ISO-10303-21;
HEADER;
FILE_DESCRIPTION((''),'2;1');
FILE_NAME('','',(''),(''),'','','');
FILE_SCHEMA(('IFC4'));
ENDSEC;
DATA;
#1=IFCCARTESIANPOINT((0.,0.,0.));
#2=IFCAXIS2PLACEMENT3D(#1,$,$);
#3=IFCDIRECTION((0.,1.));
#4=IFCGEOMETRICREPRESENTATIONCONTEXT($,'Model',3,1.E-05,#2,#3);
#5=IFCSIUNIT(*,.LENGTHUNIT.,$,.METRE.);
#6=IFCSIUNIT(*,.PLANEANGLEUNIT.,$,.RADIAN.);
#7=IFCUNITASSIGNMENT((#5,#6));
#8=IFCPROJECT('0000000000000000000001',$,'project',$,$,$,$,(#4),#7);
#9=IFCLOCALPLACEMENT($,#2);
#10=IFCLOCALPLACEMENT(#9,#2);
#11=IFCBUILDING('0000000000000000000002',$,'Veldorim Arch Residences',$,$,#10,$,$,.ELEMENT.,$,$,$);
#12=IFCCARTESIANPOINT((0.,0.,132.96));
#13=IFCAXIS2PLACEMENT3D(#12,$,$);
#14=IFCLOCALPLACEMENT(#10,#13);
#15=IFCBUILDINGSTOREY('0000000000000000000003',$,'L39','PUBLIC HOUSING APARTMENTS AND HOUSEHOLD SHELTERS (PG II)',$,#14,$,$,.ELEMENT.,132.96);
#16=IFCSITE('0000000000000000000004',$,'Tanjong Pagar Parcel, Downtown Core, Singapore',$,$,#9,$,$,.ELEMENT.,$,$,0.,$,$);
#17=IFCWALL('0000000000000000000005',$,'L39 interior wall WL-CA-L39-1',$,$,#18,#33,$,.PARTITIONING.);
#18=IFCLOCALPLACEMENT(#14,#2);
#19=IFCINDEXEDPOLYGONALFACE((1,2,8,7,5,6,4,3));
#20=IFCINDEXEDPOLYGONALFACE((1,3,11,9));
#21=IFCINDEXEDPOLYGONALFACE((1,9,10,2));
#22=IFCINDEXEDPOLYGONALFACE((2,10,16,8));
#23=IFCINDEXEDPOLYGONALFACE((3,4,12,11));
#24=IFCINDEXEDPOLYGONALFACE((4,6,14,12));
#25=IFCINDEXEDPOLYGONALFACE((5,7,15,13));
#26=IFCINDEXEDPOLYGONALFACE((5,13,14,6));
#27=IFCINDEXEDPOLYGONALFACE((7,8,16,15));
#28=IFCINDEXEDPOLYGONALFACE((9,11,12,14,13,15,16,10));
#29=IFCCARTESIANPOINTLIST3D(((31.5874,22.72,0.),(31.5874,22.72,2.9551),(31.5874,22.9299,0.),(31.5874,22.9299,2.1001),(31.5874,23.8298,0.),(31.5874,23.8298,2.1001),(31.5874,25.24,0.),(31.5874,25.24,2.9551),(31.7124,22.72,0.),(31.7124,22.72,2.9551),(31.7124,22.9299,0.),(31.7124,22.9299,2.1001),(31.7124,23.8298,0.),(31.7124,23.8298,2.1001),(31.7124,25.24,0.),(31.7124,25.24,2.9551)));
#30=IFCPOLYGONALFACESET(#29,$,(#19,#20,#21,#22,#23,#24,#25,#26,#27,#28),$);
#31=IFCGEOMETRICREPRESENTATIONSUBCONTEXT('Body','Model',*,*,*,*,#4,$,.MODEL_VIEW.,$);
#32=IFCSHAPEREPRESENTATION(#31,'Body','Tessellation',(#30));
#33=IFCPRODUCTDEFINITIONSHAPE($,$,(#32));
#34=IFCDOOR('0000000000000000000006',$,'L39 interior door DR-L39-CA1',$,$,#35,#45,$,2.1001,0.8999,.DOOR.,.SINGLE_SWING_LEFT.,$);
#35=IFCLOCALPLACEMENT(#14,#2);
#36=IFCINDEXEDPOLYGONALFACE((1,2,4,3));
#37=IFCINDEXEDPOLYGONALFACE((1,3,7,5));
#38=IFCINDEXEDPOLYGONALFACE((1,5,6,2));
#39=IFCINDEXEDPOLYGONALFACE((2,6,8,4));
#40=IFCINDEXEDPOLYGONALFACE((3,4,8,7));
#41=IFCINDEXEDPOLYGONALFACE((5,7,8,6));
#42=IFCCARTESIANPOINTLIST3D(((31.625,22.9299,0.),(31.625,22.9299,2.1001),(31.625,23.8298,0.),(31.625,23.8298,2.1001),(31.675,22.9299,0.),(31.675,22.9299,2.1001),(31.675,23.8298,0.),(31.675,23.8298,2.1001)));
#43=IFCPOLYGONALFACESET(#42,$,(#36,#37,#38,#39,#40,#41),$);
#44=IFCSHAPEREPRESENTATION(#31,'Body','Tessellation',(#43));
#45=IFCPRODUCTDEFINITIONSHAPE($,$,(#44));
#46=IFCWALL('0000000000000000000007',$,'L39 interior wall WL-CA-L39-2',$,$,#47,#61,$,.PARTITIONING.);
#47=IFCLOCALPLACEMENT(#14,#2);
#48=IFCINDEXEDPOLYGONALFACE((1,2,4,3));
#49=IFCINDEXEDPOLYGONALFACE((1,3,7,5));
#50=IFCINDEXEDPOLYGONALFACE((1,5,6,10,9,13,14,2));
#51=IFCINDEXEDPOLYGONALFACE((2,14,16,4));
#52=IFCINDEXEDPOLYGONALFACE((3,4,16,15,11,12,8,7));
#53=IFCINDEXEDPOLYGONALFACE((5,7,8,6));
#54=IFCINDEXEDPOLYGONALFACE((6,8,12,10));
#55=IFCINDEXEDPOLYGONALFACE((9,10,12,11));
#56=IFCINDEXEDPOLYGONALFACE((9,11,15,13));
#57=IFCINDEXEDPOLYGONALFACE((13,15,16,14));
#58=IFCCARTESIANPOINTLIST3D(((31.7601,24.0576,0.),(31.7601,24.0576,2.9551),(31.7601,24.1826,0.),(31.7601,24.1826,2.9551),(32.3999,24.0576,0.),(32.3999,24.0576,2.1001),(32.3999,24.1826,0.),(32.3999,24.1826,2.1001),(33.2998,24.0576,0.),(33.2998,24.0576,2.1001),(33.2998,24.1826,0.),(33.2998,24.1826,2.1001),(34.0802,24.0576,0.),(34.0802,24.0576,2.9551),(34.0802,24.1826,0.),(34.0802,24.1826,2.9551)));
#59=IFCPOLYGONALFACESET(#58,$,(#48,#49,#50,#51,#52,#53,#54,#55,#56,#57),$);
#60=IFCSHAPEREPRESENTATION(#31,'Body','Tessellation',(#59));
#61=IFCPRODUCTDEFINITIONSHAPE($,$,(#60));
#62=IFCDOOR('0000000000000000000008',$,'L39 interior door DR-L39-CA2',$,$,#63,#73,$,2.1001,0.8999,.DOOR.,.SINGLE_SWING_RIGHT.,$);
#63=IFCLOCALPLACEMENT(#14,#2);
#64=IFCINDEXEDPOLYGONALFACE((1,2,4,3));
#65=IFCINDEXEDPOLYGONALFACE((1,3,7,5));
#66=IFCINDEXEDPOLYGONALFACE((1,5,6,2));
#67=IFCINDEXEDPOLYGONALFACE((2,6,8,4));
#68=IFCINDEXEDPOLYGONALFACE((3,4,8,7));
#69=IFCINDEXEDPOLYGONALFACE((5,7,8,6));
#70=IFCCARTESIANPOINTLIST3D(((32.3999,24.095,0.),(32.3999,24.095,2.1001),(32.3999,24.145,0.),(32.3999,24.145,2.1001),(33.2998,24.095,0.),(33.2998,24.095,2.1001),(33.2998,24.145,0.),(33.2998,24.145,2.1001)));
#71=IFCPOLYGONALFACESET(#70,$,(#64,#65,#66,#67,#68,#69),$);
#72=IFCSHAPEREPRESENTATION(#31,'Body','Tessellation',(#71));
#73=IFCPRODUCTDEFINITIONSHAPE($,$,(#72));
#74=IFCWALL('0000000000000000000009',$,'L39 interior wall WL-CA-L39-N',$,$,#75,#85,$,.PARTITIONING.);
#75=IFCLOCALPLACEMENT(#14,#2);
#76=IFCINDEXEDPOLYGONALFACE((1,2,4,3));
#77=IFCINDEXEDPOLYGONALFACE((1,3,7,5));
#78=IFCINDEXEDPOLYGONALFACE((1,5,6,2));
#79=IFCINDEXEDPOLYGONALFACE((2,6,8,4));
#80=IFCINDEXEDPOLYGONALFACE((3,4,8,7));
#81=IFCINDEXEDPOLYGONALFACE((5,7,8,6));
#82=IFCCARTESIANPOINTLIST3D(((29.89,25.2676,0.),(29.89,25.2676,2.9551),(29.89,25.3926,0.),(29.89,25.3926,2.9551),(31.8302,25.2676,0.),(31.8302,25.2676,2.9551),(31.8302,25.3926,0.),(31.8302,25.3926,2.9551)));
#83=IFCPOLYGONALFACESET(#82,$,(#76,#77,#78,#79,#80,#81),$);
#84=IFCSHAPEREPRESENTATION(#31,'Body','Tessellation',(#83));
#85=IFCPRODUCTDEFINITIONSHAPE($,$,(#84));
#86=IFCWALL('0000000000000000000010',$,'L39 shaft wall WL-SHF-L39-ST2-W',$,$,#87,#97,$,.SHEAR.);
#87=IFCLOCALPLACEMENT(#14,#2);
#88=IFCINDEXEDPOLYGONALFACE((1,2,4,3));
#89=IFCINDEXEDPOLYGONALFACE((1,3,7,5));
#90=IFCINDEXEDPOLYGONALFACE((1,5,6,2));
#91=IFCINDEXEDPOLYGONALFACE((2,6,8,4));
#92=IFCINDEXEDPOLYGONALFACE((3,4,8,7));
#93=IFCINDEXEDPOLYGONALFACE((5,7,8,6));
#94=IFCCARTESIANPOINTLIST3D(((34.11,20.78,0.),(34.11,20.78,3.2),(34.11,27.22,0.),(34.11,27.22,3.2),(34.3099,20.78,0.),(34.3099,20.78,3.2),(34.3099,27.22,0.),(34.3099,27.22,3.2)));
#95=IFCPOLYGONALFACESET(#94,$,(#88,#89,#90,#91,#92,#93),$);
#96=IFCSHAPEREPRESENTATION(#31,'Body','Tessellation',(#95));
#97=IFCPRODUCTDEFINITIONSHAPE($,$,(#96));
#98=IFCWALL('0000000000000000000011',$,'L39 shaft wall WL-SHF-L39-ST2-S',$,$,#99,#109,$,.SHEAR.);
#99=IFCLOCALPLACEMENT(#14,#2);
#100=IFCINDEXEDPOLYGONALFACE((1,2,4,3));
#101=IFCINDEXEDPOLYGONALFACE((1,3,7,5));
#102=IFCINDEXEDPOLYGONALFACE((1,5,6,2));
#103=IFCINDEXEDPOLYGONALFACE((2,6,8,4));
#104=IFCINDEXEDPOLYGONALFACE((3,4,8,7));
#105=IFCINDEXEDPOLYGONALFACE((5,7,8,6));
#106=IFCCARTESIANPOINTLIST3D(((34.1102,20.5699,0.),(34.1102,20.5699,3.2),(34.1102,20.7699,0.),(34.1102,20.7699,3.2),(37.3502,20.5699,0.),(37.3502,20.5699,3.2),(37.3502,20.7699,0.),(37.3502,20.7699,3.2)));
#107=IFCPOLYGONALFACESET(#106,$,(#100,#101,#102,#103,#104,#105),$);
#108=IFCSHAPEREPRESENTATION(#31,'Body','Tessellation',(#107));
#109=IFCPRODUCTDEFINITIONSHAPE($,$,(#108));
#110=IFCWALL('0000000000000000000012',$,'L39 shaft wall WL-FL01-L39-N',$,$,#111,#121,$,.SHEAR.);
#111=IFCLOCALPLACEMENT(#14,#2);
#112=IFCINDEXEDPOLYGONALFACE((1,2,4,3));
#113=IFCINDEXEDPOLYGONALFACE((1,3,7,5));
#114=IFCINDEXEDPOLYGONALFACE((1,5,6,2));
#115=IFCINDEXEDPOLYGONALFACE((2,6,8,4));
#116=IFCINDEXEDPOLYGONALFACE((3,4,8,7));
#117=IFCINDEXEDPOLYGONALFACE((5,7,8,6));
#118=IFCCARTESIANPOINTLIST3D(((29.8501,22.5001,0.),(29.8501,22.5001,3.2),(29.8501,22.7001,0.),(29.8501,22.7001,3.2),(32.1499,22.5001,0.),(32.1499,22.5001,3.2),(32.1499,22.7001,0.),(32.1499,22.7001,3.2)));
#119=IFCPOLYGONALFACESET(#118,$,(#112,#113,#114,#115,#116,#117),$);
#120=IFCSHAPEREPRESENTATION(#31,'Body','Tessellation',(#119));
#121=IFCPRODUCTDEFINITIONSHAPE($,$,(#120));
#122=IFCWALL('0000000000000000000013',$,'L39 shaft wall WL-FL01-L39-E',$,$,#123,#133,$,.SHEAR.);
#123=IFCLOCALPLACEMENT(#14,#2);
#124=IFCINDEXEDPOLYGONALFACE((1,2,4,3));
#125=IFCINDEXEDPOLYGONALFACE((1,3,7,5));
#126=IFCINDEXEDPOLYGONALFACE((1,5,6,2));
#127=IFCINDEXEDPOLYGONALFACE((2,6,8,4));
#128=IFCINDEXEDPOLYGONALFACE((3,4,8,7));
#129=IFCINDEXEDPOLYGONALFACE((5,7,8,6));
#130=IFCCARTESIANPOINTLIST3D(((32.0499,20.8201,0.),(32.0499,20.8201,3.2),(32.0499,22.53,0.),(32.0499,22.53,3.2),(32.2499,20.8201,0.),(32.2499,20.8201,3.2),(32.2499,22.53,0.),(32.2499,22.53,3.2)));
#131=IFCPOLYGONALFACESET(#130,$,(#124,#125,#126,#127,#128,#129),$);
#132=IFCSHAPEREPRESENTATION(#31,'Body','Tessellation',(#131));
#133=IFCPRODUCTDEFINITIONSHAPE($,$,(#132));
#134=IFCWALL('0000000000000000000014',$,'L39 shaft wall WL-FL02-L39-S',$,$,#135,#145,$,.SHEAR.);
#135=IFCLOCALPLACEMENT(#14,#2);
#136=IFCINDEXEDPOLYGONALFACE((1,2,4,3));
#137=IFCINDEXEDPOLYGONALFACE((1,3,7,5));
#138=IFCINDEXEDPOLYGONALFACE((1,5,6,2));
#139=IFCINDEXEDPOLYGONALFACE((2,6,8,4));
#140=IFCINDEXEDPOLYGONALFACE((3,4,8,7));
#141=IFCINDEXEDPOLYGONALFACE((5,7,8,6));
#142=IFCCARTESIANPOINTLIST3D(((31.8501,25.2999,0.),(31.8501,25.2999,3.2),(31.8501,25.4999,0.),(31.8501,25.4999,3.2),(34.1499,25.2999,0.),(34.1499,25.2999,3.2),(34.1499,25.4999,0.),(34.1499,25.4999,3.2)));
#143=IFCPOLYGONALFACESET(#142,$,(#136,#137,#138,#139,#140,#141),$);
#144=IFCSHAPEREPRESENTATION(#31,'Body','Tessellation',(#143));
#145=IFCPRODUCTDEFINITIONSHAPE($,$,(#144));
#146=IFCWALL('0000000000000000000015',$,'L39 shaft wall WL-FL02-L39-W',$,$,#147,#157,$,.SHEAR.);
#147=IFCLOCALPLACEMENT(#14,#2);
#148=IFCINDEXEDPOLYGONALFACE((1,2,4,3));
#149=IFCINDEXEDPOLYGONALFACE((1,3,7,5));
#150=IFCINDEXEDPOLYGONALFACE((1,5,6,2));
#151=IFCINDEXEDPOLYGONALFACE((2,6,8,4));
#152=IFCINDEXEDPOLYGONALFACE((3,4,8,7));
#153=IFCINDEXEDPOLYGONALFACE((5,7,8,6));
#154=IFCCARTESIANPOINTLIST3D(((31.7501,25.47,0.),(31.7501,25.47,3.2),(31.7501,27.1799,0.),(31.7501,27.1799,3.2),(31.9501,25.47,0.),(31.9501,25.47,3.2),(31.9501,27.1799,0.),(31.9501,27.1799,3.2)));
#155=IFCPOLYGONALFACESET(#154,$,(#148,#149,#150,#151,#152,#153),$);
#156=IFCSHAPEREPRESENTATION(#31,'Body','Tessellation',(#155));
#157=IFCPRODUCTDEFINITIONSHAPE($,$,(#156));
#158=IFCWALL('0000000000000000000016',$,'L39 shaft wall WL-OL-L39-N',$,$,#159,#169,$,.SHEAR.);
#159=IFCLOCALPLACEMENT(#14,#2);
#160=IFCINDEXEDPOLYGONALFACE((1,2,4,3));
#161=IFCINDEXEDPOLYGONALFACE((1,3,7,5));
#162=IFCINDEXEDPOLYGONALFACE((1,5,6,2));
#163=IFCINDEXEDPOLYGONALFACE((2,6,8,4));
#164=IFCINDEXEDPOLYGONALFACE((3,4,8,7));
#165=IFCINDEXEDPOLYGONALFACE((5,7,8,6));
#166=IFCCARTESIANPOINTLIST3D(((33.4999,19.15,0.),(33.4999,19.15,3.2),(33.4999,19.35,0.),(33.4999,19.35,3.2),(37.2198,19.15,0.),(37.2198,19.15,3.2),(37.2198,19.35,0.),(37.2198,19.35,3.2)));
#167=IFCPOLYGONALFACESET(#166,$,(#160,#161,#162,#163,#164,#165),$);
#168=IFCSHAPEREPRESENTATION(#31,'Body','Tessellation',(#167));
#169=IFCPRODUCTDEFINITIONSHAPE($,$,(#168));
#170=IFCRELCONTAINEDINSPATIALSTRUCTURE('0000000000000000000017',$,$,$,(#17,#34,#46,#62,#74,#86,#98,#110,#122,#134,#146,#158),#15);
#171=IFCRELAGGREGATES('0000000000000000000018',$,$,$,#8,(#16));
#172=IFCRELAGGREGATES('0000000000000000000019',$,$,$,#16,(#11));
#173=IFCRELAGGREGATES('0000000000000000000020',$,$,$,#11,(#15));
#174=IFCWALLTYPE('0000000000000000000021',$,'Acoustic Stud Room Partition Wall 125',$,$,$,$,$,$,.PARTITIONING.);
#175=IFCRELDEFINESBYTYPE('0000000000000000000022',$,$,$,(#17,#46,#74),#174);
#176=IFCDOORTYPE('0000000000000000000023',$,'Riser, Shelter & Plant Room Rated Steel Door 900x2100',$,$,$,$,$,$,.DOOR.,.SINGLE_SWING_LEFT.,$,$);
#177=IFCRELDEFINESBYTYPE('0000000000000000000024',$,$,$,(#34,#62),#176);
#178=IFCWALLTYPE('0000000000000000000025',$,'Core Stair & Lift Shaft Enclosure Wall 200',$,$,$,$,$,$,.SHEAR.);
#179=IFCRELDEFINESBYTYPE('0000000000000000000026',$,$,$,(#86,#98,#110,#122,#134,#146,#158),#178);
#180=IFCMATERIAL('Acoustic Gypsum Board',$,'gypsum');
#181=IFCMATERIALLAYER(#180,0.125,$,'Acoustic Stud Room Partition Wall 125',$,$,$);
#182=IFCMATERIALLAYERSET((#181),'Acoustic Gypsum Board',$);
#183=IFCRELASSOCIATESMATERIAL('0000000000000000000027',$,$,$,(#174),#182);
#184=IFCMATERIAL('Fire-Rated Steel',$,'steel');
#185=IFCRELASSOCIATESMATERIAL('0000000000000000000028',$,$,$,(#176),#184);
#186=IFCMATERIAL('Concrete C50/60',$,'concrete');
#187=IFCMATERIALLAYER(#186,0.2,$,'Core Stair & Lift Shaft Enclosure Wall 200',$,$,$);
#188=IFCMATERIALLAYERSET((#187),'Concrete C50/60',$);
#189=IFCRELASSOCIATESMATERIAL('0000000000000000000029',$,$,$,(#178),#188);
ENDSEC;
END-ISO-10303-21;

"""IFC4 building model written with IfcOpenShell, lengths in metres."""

from ifc_helpers import new_model, si_unit, direction, frame, frame_2d, origin, place, context, subcontext, project, spatial, rectangle, extrude, material, layer, layer_set, type_object, element, fill, save


model = new_model("IFC4")

# Units and contexts
model_context = context("Model", 3, precision=1e-05, world=origin(), true_north=direction((0.0, 1.0)))
body_context = subcontext(model_context, "Body", "Model", "MODEL_VIEW")
ifc_project = project(units=[si_unit("LENGTHUNIT", "METRE"), si_unit("PLANEANGLEUNIT", "RADIAN")], contexts=[model_context])

# Site, building, storey
site_placement = place(None, origin())
site = spatial("IfcSite", under=ifc_project, at=site_placement, Name="Tanjong Pagar Parcel, Downtown Core, Singapore", CompositionType="ELEMENT", RefElevation=0.0)
building_placement = place(site_placement, origin())
building = spatial("IfcBuilding", under=site, at=building_placement, Name="Veldorim Arch Residences", CompositionType="ELEMENT")
storey_placement = place(building_placement, frame((0.0, 0.0, 132.96)))
storey = spatial("IfcBuildingStorey", under=building, at=storey_placement, Name="L39", Description="PUBLIC HOUSING APARTMENTS AND HOUSEHOLD SHELTERS (PG II)", CompositionType="ELEMENT", Elevation=132.96)

# Walls, openings, doors
ifc_material_1 = material(Name="Acoustic Gypsum Board", Category="gypsum")
ifc_layer_1 = layer(ifc_material_1, 0.125, Name="Acoustic Stud Room Partition Wall 125")
ifc_layer_set_1 = layer_set([ifc_layer_1], Name="Acoustic Gypsum Board")
wall_type_1 = type_object("IfcWallType", Name="Acoustic Stud Room Partition Wall 125", PredefinedType="PARTITIONING", material=ifc_layer_set_1)
wall_1_placement = place(storey_placement, frame((31.6499, 22.72, 0.0), z_axis=(0.0, 0.0, 1.0), x_axis=(0.0, 1.0, 0.0)))
wall_1 = element("IfcWall", 1, at=wall_1_placement, inside=storey, type_object=wall_type_1, Name="L39 interior wall WL-CA-L39-1", PredefinedType="PARTITIONING", context=body_context, shape_type="SweptSolid", body=[
    extrude(rectangle(XDim=2.52, YDim=0.125, at=frame_2d((1.26, 0.0))), origin(), (0.0, 0.0, 1.0), 2.9551),
])
opening_1_placement = place(wall_1_placement, frame((0.21, 0.0, 0.0)))
opening_1 = element("IfcOpeningElement", 2, at=opening_1_placement, cuts=wall_1, PredefinedType="OPENING", context=body_context, shape_type="SweptSolid", body=[
    extrude(rectangle(XDim=0.8999, YDim=2.1001, at=frame_2d((0.45, 1.05))), frame((0.0, 0.0725, 0.0), z_axis=(0.0, -1.0, 0.0), x_axis=(1.0, 0.0, 0.0)), (0.0, 0.0, 1.0), 0.145),
])
ifc_material_2 = material(Name="Fire-Rated Steel", Category="steel")
door_type = type_object("IfcDoorType", Name="Riser, Shelter & Plant Room Rated Steel Door 900x2100", OperationType="SINGLE_SWING_LEFT", PredefinedType="DOOR", material=ifc_material_2)
door_1_placement = place(opening_1_placement, origin())
door_1 = element("IfcDoor", 3, at=door_1_placement, inside=storey, type_object=door_type, Name="L39 interior door DR-L39-CA1", OperationType="SINGLE_SWING_LEFT", OverallHeight=2.1001, OverallWidth=0.8999, PredefinedType="DOOR", context=body_context, shape_type="SweptSolid", body=[
    extrude(rectangle(XDim=0.8999, YDim=2.1001, at=frame_2d((0.45, 1.05))), frame((0.0, 0.0249, 0.0), z_axis=(0.0, -1.0, 0.0), x_axis=(1.0, 0.0, 0.0)), (0.0, 0.0, 1.0), 0.05),
])
fill(opening_1, door_1)
wall_2_placement = place(storey_placement, frame((31.76, 24.1201, 0.0), z_axis=(0.0, 0.0, 1.0), x_axis=(1.0, 0.0, 0.0)))
wall_2 = element("IfcWall", 4, at=wall_2_placement, inside=storey, type_object=wall_type_1, Name="L39 interior wall WL-CA-L39-2", PredefinedType="PARTITIONING", context=body_context, shape_type="SweptSolid", body=[
    extrude(rectangle(XDim=2.3201, YDim=0.125, at=frame_2d((1.1602, 0.0))), origin(), (0.0, 0.0, 1.0), 2.9551),
])
opening_2_placement = place(wall_2_placement, frame((0.6399, 0.0, 0.0)))
opening_2 = element("IfcOpeningElement", 5, at=opening_2_placement, cuts=wall_2, PredefinedType="OPENING", context=body_context, shape_type="SweptSolid", body=[
    extrude(rectangle(XDim=0.8999, YDim=2.1001, at=frame_2d((0.45, 1.05))), frame((0.0, 0.0725, 0.0), z_axis=(0.0, -1.0, 0.0), x_axis=(1.0, 0.0, 0.0)), (0.0, 0.0, 1.0), 0.145),
])
door_2_placement = place(opening_2_placement, origin())
door_2 = element("IfcDoor", 6, at=door_2_placement, inside=storey, type_object=door_type, Name="L39 interior door DR-L39-CA2", OperationType="SINGLE_SWING_RIGHT", OverallHeight=2.1001, OverallWidth=0.8999, PredefinedType="DOOR", context=body_context, shape_type="SweptSolid", body=[
    extrude(rectangle(XDim=0.8999, YDim=2.1001, at=frame_2d((0.45, 1.05))), frame((0.0, 0.0249, 0.0), z_axis=(0.0, -1.0, 0.0), x_axis=(1.0, 0.0, 0.0)), (0.0, 0.0, 1.0), 0.05),
])
fill(opening_2, door_2)

# Walls
wall_3_placement = place(storey_placement, frame((29.8899, 25.3301, 0.0), z_axis=(0.0, 0.0, 1.0), x_axis=(1.0, 0.0, 0.0)))
element("IfcWall", 7, at=wall_3_placement, inside=storey, type_object=wall_type_1, Name="L39 interior wall WL-CA-L39-N", PredefinedType="PARTITIONING", context=body_context, shape_type="SweptSolid", body=[
    extrude(rectangle(XDim=1.9402, YDim=0.125, at=frame_2d((0.9702, 0.0))), origin(), (0.0, 0.0, 1.0), 2.9551),
])
ifc_material_3 = material(Name="Concrete C50/60", Category="concrete")
ifc_layer_2 = layer(ifc_material_3, 0.2, Name="Core Stair & Lift Shaft Enclosure Wall 200")
ifc_layer_set_2 = layer_set([ifc_layer_2], Name="Concrete C50/60")
wall_type_2 = type_object("IfcWallType", Name="Core Stair & Lift Shaft Enclosure Wall 200", PredefinedType="SHEAR", material=ifc_layer_set_2)
wall_4_placement = place(storey_placement, frame((34.21, 20.78, 0.0), z_axis=(0.0, 0.0, 1.0), x_axis=(0.0, 1.0, 0.0)))
element("IfcWall", 8, at=wall_4_placement, inside=storey, type_object=wall_type_2, Name="L39 shaft wall WL-SHF-L39-ST2-W", PredefinedType="SHEAR", context=body_context, shape_type="SweptSolid", body=[
    extrude(rectangle(XDim=6.4399, YDim=0.2, at=frame_2d((3.22, 0.0))), origin(), (0.0, 0.0, 1.0), 3.2),
])
wall_5_placement = place(storey_placement, frame((34.1101, 20.6699, 0.0), z_axis=(0.0, 0.0, 1.0), x_axis=(1.0, 0.0, 0.0)))
element("IfcWall", 9, at=wall_5_placement, inside=storey, type_object=wall_type_2, Name="L39 shaft wall WL-SHF-L39-ST2-S", PredefinedType="SHEAR", context=body_context, shape_type="SweptSolid", body=[
    extrude(rectangle(XDim=3.24, YDim=0.2, at=frame_2d((1.6201, 0.0))), origin(), (0.0, 0.0, 1.0), 3.2),
])
wall_6_placement = place(storey_placement, frame((29.8501, 22.6001, 0.0), z_axis=(0.0, 0.0, 1.0), x_axis=(1.0, 0.0, 0.0)))
element("IfcWall", 10, at=wall_6_placement, inside=storey, type_object=wall_type_2, Name="L39 shaft wall WL-FL01-L39-N", PredefinedType="SHEAR", context=body_context, shape_type="SweptSolid", body=[
    extrude(rectangle(XDim=2.2998, YDim=0.2, at=frame_2d((1.1499, 0.0))), origin(), (0.0, 0.0, 1.0), 3.2),
])
wall_7_placement = place(storey_placement, frame((32.1499, 20.8201, 0.0), z_axis=(0.0, 0.0, 1.0), x_axis=(0.0, 1.0, 0.0)))
element("IfcWall", 11, at=wall_7_placement, inside=storey, type_object=wall_type_2, Name="L39 shaft wall WL-FL01-L39-E", PredefinedType="SHEAR", context=body_context, shape_type="SweptSolid", body=[
    extrude(rectangle(XDim=1.71, YDim=0.2, at=frame_2d((0.855, 0.0))), origin(), (0.0, 0.0, 1.0), 3.2),
])
wall_8_placement = place(storey_placement, frame((31.8501, 25.3999, 0.0), z_axis=(0.0, 0.0, 1.0), x_axis=(1.0, 0.0, 0.0)))
element("IfcWall", 12, at=wall_8_placement, inside=storey, type_object=wall_type_2, Name="L39 shaft wall WL-FL02-L39-S", PredefinedType="SHEAR", context=body_context, shape_type="SweptSolid", body=[
    extrude(rectangle(XDim=2.2998, YDim=0.2, at=frame_2d((1.1499, 0.0))), origin(), (0.0, 0.0, 1.0), 3.2),
])
wall_9_placement = place(storey_placement, frame((31.8501, 25.47, 0.0), z_axis=(0.0, 0.0, 1.0), x_axis=(0.0, 1.0, 0.0)))
element("IfcWall", 13, at=wall_9_placement, inside=storey, type_object=wall_type_2, Name="L39 shaft wall WL-FL02-L39-W", PredefinedType="SHEAR", context=body_context, shape_type="SweptSolid", body=[
    extrude(rectangle(XDim=1.71, YDim=0.2, at=frame_2d((0.855, 0.0))), origin(), (0.0, 0.0, 1.0), 3.2),
])
wall_10_placement = place(storey_placement, frame((33.5, 19.25, 0.0), z_axis=(0.0, 0.0, 1.0), x_axis=(1.0, 0.0, 0.0)))
element("IfcWall", 14, at=wall_10_placement, inside=storey, type_object=wall_type_2, Name="L39 shaft wall WL-OL-L39-N", PredefinedType="SHEAR", context=body_context, shape_type="SweptSolid", body=[
    extrude(rectangle(XDim=3.72, YDim=0.2, at=frame_2d((1.8599, 0.0))), origin(), (0.0, 0.0, 1.0), 3.2),
])

save(model, "model.ifc")
